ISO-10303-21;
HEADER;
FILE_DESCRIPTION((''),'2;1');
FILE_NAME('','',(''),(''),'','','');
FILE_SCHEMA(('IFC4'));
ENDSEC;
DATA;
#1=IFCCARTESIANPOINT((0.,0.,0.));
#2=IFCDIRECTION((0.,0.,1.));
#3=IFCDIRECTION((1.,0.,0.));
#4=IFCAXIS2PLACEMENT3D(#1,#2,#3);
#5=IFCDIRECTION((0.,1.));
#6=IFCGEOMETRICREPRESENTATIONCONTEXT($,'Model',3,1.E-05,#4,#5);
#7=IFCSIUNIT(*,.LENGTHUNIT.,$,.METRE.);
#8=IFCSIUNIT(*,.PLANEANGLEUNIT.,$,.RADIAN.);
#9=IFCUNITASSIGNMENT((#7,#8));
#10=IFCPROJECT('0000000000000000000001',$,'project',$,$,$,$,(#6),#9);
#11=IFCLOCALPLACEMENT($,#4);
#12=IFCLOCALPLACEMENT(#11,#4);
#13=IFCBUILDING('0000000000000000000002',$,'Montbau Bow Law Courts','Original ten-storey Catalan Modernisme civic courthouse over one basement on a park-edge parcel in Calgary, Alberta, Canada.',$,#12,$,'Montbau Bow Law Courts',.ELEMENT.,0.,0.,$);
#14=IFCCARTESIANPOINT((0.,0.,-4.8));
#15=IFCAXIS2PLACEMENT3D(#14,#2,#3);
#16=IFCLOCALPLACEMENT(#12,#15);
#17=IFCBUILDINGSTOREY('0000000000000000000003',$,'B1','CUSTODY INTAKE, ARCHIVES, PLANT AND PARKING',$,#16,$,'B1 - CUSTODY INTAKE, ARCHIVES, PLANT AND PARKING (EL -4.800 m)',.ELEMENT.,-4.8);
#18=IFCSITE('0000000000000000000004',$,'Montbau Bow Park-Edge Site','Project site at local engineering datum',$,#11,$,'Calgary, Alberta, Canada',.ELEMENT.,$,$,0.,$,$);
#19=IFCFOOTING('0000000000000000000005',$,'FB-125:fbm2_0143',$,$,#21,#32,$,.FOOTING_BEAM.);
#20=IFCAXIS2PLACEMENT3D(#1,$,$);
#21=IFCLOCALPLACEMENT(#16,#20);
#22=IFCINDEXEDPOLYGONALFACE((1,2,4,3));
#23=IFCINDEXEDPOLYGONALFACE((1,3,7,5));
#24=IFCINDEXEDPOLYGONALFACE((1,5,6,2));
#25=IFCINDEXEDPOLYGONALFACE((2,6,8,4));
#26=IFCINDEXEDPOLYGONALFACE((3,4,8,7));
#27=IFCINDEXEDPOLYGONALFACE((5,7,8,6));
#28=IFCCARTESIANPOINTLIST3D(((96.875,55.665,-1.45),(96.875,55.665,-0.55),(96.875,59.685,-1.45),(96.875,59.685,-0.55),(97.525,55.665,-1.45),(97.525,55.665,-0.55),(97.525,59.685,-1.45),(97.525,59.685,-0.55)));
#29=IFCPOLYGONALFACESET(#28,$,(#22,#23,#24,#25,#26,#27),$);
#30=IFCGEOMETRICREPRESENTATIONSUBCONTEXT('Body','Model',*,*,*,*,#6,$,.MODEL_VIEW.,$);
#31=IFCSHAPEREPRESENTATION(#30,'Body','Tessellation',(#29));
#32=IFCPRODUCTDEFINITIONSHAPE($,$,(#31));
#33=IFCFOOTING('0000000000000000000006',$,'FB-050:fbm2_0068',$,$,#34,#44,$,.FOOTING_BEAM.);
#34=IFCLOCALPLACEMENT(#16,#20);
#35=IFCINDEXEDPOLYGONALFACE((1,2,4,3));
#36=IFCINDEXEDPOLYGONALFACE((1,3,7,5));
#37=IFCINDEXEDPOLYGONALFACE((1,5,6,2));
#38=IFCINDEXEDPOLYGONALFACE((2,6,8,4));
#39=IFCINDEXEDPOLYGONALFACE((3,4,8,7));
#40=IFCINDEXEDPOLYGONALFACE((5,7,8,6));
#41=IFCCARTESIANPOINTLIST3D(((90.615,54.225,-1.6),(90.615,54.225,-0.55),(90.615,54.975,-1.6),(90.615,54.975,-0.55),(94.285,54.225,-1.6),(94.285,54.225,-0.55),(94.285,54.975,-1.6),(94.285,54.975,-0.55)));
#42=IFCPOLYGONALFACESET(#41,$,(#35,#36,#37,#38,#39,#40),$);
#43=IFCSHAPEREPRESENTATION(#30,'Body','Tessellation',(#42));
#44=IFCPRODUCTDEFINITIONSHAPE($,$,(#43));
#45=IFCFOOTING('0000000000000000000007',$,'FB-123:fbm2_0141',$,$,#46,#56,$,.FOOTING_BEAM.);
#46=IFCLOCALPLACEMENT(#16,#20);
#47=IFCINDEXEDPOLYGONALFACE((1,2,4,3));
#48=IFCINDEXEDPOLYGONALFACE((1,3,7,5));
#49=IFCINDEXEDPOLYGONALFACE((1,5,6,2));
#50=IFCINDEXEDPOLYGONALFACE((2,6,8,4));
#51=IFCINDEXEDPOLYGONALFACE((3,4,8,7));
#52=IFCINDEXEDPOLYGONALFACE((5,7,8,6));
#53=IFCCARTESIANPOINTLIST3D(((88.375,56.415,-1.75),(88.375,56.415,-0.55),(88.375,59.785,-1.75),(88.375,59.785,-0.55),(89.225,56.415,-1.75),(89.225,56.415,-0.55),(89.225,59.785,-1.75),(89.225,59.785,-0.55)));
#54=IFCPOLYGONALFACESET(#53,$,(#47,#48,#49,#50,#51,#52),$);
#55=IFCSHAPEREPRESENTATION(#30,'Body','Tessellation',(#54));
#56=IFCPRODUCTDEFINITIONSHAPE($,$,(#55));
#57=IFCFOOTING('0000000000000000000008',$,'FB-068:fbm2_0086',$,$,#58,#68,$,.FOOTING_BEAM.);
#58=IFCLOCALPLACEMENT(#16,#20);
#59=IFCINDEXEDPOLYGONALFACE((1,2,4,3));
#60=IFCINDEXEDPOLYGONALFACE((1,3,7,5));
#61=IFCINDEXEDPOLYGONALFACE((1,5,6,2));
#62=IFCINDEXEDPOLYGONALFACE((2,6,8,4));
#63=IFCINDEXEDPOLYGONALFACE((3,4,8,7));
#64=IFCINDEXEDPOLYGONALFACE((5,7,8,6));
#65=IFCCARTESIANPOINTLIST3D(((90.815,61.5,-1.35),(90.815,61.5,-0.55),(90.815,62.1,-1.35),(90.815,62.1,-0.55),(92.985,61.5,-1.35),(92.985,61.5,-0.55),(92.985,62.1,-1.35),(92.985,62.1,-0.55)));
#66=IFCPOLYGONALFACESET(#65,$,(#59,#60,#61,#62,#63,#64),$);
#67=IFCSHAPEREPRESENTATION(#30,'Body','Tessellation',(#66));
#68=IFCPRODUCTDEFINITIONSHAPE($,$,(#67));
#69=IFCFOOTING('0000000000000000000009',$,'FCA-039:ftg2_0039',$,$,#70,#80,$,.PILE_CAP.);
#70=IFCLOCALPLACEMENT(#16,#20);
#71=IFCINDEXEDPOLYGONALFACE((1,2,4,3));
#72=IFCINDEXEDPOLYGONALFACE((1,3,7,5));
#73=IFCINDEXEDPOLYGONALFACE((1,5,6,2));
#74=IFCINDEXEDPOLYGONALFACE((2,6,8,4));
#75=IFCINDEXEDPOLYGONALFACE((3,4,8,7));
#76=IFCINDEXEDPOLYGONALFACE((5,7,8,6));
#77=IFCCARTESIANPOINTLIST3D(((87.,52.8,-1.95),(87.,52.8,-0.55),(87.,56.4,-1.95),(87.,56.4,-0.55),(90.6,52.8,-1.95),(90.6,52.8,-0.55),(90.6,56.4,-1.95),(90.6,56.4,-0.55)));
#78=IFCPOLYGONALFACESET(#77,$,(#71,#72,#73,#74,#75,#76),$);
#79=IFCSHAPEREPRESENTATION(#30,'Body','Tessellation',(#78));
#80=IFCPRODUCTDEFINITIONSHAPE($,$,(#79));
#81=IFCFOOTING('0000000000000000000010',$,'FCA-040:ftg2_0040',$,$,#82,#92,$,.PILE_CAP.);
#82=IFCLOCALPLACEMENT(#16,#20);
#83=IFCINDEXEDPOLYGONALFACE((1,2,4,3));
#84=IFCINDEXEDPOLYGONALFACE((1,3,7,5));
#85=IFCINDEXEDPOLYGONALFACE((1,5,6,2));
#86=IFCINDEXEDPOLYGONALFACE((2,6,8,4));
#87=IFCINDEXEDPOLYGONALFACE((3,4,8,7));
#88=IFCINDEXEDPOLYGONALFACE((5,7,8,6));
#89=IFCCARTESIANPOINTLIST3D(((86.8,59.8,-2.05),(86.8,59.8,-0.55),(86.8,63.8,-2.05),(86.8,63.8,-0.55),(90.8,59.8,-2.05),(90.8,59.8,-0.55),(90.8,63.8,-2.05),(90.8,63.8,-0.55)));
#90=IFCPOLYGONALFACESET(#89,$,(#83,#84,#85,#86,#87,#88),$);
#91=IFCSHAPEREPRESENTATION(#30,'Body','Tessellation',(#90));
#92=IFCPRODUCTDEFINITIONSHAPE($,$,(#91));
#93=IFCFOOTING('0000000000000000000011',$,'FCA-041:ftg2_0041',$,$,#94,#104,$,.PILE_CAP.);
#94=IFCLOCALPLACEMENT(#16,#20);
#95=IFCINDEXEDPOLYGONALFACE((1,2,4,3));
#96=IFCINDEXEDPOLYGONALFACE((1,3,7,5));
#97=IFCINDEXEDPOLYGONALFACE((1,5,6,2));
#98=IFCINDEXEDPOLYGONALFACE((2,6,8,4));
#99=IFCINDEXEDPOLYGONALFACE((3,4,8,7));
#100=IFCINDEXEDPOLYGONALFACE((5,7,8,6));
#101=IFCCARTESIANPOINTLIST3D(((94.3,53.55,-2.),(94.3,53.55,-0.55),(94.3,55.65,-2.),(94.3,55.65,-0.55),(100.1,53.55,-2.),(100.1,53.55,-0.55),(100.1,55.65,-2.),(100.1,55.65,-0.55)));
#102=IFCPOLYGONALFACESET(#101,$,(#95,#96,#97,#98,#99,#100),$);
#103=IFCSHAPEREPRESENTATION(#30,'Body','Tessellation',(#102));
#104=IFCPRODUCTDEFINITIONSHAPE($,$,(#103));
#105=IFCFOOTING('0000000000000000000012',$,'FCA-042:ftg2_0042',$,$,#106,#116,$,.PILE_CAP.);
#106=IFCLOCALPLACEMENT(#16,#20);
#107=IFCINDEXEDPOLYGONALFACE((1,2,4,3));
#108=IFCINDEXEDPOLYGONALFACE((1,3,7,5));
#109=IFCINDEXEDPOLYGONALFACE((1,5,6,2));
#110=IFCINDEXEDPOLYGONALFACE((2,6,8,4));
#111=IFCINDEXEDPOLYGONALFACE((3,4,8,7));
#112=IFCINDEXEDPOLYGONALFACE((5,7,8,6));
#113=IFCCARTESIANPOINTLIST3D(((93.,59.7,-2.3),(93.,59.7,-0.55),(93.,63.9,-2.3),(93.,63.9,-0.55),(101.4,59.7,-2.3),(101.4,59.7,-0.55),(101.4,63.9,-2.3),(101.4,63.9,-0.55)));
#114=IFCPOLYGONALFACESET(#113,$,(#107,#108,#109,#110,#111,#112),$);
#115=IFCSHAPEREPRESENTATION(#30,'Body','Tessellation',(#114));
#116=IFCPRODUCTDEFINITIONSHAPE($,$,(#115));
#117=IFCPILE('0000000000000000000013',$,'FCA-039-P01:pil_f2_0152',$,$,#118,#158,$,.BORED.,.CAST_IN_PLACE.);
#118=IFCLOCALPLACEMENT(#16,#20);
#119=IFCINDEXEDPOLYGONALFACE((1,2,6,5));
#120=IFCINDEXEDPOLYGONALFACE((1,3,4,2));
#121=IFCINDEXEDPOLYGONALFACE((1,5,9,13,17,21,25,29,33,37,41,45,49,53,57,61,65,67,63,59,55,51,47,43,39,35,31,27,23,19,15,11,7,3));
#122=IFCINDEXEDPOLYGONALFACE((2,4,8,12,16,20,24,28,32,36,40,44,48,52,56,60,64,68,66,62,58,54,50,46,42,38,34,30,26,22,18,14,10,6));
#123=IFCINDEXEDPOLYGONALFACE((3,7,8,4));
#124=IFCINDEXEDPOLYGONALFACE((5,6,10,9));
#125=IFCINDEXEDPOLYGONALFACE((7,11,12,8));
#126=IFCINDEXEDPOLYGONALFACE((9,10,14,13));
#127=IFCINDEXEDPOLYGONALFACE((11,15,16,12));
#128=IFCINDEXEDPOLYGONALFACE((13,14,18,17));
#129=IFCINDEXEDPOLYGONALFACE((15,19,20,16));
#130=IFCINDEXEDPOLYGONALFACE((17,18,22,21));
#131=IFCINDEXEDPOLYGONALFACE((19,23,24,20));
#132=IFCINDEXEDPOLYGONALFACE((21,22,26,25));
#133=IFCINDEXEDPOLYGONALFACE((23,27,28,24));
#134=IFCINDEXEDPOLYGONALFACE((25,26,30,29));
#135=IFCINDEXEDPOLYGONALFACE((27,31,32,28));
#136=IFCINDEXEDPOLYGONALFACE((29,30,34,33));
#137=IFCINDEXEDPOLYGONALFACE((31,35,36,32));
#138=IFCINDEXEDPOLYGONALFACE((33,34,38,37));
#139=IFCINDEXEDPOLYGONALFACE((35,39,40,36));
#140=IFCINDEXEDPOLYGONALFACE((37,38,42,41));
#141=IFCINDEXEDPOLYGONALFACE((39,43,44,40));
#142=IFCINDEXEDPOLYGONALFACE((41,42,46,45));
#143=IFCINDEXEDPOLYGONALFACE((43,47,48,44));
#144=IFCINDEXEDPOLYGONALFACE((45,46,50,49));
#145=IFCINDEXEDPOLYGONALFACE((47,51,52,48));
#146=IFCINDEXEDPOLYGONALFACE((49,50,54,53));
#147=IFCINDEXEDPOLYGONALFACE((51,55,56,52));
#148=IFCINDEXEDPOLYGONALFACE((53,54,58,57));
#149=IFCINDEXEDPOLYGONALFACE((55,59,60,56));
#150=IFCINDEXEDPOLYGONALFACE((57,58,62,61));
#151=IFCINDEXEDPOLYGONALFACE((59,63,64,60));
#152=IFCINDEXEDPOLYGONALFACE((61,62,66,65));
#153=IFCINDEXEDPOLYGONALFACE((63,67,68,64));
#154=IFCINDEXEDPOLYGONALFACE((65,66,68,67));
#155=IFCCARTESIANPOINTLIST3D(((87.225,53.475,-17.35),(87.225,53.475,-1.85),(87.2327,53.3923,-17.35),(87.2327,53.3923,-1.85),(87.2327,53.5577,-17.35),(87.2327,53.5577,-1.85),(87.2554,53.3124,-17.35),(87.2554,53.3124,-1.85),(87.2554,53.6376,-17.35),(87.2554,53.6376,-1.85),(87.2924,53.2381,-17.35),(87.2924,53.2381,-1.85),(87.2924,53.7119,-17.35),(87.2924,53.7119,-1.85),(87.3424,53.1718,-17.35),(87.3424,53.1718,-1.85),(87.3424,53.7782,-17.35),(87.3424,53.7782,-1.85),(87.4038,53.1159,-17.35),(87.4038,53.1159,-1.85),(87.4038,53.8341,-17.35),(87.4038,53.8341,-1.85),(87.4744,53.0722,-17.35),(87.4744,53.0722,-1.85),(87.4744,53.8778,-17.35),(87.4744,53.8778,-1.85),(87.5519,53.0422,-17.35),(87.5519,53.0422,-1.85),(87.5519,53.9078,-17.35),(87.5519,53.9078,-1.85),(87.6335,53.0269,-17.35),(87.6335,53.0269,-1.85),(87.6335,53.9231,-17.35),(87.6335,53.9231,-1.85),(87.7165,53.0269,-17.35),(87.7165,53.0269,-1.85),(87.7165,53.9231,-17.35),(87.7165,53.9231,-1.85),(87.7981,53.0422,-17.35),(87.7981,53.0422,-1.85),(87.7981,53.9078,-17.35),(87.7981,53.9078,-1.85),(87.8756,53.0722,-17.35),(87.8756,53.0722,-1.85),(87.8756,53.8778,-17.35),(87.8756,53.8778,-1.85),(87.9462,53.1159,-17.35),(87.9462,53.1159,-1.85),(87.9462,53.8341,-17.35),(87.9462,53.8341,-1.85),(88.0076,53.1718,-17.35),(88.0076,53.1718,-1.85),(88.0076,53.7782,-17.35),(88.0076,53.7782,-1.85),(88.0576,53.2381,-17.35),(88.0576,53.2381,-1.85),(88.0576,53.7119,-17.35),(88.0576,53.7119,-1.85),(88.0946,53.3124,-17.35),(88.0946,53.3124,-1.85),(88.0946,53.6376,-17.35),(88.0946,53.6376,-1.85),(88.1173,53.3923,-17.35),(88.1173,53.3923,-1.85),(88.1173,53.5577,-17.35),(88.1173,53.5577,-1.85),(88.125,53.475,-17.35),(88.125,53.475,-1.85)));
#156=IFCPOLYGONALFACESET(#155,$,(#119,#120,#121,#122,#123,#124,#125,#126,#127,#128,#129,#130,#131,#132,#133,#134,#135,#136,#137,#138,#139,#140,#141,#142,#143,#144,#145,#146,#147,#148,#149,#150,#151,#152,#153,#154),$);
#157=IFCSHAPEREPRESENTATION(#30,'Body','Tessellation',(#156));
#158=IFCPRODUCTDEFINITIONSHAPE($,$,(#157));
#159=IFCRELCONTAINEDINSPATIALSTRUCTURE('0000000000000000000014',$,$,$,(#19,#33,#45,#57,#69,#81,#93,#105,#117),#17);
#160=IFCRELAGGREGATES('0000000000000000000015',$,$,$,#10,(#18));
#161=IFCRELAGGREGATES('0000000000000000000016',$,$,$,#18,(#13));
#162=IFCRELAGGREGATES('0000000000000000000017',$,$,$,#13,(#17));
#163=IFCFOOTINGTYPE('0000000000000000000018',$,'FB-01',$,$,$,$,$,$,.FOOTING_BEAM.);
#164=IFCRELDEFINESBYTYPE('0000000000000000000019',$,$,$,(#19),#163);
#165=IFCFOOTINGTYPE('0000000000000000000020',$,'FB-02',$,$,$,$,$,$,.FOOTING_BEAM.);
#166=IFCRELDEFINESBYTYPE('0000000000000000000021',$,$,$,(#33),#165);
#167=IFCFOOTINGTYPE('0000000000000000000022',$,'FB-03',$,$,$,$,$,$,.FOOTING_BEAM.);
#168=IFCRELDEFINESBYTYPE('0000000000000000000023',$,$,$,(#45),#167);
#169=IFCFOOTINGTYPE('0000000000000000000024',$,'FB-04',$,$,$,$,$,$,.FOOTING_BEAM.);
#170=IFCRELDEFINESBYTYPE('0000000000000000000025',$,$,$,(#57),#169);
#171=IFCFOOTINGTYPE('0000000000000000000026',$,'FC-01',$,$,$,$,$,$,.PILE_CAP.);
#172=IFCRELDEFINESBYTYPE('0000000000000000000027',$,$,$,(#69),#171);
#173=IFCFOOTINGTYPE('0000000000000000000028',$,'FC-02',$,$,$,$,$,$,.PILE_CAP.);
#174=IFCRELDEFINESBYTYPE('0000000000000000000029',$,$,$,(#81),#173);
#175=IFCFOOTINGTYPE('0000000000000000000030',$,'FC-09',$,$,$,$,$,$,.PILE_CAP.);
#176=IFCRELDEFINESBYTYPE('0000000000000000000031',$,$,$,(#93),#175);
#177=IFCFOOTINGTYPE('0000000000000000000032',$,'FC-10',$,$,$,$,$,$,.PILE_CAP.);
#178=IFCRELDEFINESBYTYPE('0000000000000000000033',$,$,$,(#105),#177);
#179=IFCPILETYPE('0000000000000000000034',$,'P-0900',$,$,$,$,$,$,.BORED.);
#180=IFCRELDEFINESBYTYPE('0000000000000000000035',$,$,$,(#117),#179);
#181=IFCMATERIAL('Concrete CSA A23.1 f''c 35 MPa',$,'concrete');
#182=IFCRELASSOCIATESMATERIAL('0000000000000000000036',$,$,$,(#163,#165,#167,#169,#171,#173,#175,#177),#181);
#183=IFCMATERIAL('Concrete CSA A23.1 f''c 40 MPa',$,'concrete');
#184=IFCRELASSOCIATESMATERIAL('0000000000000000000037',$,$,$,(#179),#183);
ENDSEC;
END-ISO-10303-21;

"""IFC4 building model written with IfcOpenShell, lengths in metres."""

from ifc_helpers import new_model, si_unit, direction, frame, origin_with_axes, origin_2d_with_axis, place, context, subcontext, project, spatial, rectangle, circle, extrude, material, material_profile, profile_set, type_object, element, save


model = new_model("IFC4")

# Units and contexts
model_context = context("Model", 3, precision=1e-05, world=origin_with_axes(), true_north=direction((0.0, 1.0)))
body_context = subcontext(model_context, "Body", "Model", "MODEL_VIEW")
ifc_project = project(units=[si_unit("LENGTHUNIT", "METRE"), si_unit("PLANEANGLEUNIT", "RADIAN")], contexts=[model_context])

# Site, building, storey
site_placement = place(None, origin_with_axes())
site = spatial("IfcSite", under=ifc_project, at=site_placement, Name="Montbau Bow Park-Edge Site", Description="Project site at local engineering datum", LongName="Calgary, Alberta, Canada", CompositionType="ELEMENT", RefElevation=0.0)
building_placement = place(site_placement, origin_with_axes())
building = spatial("IfcBuilding", under=site, at=building_placement, Name="Montbau Bow Law Courts", Description="Original ten-storey Catalan Modernisme civic courthouse over one basement on a park-edge parcel in Calgary, Alberta, Canada.", LongName="Montbau Bow Law Courts", CompositionType="ELEMENT", ElevationOfRefHeight=0.0, ElevationOfTerrain=0.0)
storey_placement = place(building_placement, frame((0.0, 0.0, -4.8), z_axis=(0.0, 0.0, 1.0), x_axis=(1.0, 0.0, 0.0)))
storey = spatial("IfcBuildingStorey", under=building, at=storey_placement, Name="B1", Description="CUSTODY INTAKE, ARCHIVES, PLANT AND PARKING", LongName="B1 - CUSTODY INTAKE, ARCHIVES, PLANT AND PARKING (EL -4.800 m)", CompositionType="ELEMENT", Elevation=-4.8)

# Footings
ifc_material_1 = material(Name="Concrete CSA A23.1 f'c 35 MPa", Category="concrete")
footing_type_1 = type_object("IfcFootingType", Name="FB-01", PredefinedType="FOOTING_BEAM", material=ifc_material_1)
footing_1_placement = place(None, frame((97.2, 57.675, -6.25), z_axis=(0.0, 0.0, 1.0), x_axis=(0.0, 1.0, 0.0)))
element("IfcFooting", 1, at=footing_1_placement, inside=storey, type_object=footing_type_1, Name="FB-125:fbm2_0143", PredefinedType="FOOTING_BEAM", context=body_context, shape_type="SweptSolid", body=[
    extrude(rectangle(XDim=4.02, YDim=0.65, at=origin_2d_with_axis()), origin_with_axes(), (0.0, 0.0, 1.0), 0.9),
])
footing_type_2 = type_object("IfcFootingType", Name="FB-02", PredefinedType="FOOTING_BEAM", material=ifc_material_1)
footing_2_placement = place(None, frame((92.45, 54.6, -6.4), z_axis=(0.0, 0.0, 1.0), x_axis=(1.0, 0.0, 0.0)))
element("IfcFooting", 2, at=footing_2_placement, inside=storey, type_object=footing_type_2, Name="FB-050:fbm2_0068", PredefinedType="FOOTING_BEAM", context=body_context, shape_type="SweptSolid", body=[
    extrude(rectangle(XDim=3.67, YDim=0.75, at=origin_2d_with_axis()), origin_with_axes(), (0.0, 0.0, 1.0), 1.05),
])
footing_type_3 = type_object("IfcFootingType", Name="FB-03", PredefinedType="FOOTING_BEAM", material=ifc_material_1)
footing_3_placement = place(None, frame((88.8, 58.1, -6.55), z_axis=(0.0, 0.0, 1.0), x_axis=(0.0, 1.0, 0.0)))
element("IfcFooting", 3, at=footing_3_placement, inside=storey, type_object=footing_type_3, Name="FB-123:fbm2_0141", PredefinedType="FOOTING_BEAM", context=body_context, shape_type="SweptSolid", body=[
    extrude(rectangle(XDim=3.37, YDim=0.85, at=origin_2d_with_axis()), origin_with_axes(), (0.0, 0.0, 1.0), 1.2),
])
footing_type_4 = type_object("IfcFootingType", Name="FB-04", PredefinedType="FOOTING_BEAM", material=ifc_material_1)
footing_4_placement = place(None, frame((91.9, 61.8, -6.15), z_axis=(0.0, 0.0, 1.0), x_axis=(1.0, 0.0, 0.0)))
element("IfcFooting", 4, at=footing_4_placement, inside=storey, type_object=footing_type_4, Name="FB-068:fbm2_0086", PredefinedType="FOOTING_BEAM", context=body_context, shape_type="SweptSolid", body=[
    extrude(rectangle(XDim=2.17, YDim=0.6, at=origin_2d_with_axis()), origin_with_axes(), (0.0, 0.0, 1.0), 0.8),
])
footing_type_5 = type_object("IfcFootingType", Name="FC-01", PredefinedType="PILE_CAP", material=ifc_material_1)
footing_5_placement = place(None, frame((88.8, 54.6, -6.75), z_axis=(0.0, 0.0, 1.0), x_axis=(1.0, 0.0, 0.0)))
element("IfcFooting", 5, at=footing_5_placement, inside=storey, type_object=footing_type_5, Name="FCA-039:ftg2_0039", PredefinedType="PILE_CAP", context=body_context, shape_type="SweptSolid", body=[
    extrude(rectangle(XDim=3.6, YDim=3.6, at=origin_2d_with_axis()), origin_with_axes(), (0.0, 0.0, 1.0), 1.4),
])
footing_type_6 = type_object("IfcFootingType", Name="FC-02", PredefinedType="PILE_CAP", material=ifc_material_1)
footing_6_placement = place(None, frame((88.8, 61.8, -6.85), z_axis=(0.0, 0.0, 1.0), x_axis=(1.0, 0.0, 0.0)))
element("IfcFooting", 6, at=footing_6_placement, inside=storey, type_object=footing_type_6, Name="FCA-040:ftg2_0040", PredefinedType="PILE_CAP", context=body_context, shape_type="SweptSolid", body=[
    extrude(rectangle(XDim=4.0, YDim=4.0, at=origin_2d_with_axis()), origin_with_axes(), (0.0, 0.0, 1.0), 1.5),
])
footing_type_7 = type_object("IfcFootingType", Name="FC-09", PredefinedType="PILE_CAP", material=ifc_material_1)
footing_7_placement = place(None, frame((97.2, 54.6, -6.8), z_axis=(0.0, 0.0, 1.0), x_axis=(1.0, 0.0, 0.0)))
element("IfcFooting", 7, at=footing_7_placement, inside=storey, type_object=footing_type_7, Name="FCA-041:ftg2_0041", PredefinedType="PILE_CAP", context=body_context, shape_type="SweptSolid", body=[
    extrude(rectangle(XDim=5.8, YDim=2.1, at=origin_2d_with_axis()), origin_with_axes(), (0.0, 0.0, 1.0), 1.45),
])
footing_type_8 = type_object("IfcFootingType", Name="FC-10", PredefinedType="PILE_CAP", material=ifc_material_1)
footing_8_placement = place(None, frame((97.2, 61.8, -7.1), z_axis=(0.0, 0.0, 1.0), x_axis=(1.0, 0.0, 0.0)))
element("IfcFooting", 8, at=footing_8_placement, inside=storey, type_object=footing_type_8, Name="FCA-042:ftg2_0042", PredefinedType="PILE_CAP", context=body_context, shape_type="SweptSolid", body=[
    extrude(rectangle(XDim=8.4, YDim=4.2, at=origin_2d_with_axis()), origin_with_axes(), (0.0, 0.0, 1.0), 1.75),
])

# Pile
ifc_material_2 = material(Name="Concrete CSA A23.1 f'c 40 MPa", Category="concrete")
ifc_material_profile_1 = material_profile(ifc_material_2, circle(Radius=0.45, at=origin_2d_with_axis()), Name="BP900", Category="Main", Priority=0)
ifc_profile_set_1 = profile_set([ifc_material_profile_1], Name="Concrete CSA A23.1 f'c 40 MPa")
pile_type_1 = type_object("IfcPileType", Name="P-0900", PredefinedType="BORED", material=ifc_profile_set_1)
for number, where, z_axis, x_axis, name in (
    (9, (87.675, 53.475, -22.15), (0.0, 0.0, 1.0), (1.0, 0.0, 0.0), "FCA-039-P01:pil_f2_0152"),
):
    element("IfcPile", number, at=place(None, frame(where, z_axis=z_axis, x_axis=x_axis)), inside=storey, type_object=pile_type_1, Name=name, ConstructionType="CAST_IN_PLACE", PredefinedType="BORED", context=body_context, shape_type="SweptSolid", body=[
        extrude(circle(Radius=0.45, at=origin_2d_with_axis()), origin_with_axes(), (0.0, 0.0, 1.0), 15.5),
    ])

save(model, "model.ifc")
